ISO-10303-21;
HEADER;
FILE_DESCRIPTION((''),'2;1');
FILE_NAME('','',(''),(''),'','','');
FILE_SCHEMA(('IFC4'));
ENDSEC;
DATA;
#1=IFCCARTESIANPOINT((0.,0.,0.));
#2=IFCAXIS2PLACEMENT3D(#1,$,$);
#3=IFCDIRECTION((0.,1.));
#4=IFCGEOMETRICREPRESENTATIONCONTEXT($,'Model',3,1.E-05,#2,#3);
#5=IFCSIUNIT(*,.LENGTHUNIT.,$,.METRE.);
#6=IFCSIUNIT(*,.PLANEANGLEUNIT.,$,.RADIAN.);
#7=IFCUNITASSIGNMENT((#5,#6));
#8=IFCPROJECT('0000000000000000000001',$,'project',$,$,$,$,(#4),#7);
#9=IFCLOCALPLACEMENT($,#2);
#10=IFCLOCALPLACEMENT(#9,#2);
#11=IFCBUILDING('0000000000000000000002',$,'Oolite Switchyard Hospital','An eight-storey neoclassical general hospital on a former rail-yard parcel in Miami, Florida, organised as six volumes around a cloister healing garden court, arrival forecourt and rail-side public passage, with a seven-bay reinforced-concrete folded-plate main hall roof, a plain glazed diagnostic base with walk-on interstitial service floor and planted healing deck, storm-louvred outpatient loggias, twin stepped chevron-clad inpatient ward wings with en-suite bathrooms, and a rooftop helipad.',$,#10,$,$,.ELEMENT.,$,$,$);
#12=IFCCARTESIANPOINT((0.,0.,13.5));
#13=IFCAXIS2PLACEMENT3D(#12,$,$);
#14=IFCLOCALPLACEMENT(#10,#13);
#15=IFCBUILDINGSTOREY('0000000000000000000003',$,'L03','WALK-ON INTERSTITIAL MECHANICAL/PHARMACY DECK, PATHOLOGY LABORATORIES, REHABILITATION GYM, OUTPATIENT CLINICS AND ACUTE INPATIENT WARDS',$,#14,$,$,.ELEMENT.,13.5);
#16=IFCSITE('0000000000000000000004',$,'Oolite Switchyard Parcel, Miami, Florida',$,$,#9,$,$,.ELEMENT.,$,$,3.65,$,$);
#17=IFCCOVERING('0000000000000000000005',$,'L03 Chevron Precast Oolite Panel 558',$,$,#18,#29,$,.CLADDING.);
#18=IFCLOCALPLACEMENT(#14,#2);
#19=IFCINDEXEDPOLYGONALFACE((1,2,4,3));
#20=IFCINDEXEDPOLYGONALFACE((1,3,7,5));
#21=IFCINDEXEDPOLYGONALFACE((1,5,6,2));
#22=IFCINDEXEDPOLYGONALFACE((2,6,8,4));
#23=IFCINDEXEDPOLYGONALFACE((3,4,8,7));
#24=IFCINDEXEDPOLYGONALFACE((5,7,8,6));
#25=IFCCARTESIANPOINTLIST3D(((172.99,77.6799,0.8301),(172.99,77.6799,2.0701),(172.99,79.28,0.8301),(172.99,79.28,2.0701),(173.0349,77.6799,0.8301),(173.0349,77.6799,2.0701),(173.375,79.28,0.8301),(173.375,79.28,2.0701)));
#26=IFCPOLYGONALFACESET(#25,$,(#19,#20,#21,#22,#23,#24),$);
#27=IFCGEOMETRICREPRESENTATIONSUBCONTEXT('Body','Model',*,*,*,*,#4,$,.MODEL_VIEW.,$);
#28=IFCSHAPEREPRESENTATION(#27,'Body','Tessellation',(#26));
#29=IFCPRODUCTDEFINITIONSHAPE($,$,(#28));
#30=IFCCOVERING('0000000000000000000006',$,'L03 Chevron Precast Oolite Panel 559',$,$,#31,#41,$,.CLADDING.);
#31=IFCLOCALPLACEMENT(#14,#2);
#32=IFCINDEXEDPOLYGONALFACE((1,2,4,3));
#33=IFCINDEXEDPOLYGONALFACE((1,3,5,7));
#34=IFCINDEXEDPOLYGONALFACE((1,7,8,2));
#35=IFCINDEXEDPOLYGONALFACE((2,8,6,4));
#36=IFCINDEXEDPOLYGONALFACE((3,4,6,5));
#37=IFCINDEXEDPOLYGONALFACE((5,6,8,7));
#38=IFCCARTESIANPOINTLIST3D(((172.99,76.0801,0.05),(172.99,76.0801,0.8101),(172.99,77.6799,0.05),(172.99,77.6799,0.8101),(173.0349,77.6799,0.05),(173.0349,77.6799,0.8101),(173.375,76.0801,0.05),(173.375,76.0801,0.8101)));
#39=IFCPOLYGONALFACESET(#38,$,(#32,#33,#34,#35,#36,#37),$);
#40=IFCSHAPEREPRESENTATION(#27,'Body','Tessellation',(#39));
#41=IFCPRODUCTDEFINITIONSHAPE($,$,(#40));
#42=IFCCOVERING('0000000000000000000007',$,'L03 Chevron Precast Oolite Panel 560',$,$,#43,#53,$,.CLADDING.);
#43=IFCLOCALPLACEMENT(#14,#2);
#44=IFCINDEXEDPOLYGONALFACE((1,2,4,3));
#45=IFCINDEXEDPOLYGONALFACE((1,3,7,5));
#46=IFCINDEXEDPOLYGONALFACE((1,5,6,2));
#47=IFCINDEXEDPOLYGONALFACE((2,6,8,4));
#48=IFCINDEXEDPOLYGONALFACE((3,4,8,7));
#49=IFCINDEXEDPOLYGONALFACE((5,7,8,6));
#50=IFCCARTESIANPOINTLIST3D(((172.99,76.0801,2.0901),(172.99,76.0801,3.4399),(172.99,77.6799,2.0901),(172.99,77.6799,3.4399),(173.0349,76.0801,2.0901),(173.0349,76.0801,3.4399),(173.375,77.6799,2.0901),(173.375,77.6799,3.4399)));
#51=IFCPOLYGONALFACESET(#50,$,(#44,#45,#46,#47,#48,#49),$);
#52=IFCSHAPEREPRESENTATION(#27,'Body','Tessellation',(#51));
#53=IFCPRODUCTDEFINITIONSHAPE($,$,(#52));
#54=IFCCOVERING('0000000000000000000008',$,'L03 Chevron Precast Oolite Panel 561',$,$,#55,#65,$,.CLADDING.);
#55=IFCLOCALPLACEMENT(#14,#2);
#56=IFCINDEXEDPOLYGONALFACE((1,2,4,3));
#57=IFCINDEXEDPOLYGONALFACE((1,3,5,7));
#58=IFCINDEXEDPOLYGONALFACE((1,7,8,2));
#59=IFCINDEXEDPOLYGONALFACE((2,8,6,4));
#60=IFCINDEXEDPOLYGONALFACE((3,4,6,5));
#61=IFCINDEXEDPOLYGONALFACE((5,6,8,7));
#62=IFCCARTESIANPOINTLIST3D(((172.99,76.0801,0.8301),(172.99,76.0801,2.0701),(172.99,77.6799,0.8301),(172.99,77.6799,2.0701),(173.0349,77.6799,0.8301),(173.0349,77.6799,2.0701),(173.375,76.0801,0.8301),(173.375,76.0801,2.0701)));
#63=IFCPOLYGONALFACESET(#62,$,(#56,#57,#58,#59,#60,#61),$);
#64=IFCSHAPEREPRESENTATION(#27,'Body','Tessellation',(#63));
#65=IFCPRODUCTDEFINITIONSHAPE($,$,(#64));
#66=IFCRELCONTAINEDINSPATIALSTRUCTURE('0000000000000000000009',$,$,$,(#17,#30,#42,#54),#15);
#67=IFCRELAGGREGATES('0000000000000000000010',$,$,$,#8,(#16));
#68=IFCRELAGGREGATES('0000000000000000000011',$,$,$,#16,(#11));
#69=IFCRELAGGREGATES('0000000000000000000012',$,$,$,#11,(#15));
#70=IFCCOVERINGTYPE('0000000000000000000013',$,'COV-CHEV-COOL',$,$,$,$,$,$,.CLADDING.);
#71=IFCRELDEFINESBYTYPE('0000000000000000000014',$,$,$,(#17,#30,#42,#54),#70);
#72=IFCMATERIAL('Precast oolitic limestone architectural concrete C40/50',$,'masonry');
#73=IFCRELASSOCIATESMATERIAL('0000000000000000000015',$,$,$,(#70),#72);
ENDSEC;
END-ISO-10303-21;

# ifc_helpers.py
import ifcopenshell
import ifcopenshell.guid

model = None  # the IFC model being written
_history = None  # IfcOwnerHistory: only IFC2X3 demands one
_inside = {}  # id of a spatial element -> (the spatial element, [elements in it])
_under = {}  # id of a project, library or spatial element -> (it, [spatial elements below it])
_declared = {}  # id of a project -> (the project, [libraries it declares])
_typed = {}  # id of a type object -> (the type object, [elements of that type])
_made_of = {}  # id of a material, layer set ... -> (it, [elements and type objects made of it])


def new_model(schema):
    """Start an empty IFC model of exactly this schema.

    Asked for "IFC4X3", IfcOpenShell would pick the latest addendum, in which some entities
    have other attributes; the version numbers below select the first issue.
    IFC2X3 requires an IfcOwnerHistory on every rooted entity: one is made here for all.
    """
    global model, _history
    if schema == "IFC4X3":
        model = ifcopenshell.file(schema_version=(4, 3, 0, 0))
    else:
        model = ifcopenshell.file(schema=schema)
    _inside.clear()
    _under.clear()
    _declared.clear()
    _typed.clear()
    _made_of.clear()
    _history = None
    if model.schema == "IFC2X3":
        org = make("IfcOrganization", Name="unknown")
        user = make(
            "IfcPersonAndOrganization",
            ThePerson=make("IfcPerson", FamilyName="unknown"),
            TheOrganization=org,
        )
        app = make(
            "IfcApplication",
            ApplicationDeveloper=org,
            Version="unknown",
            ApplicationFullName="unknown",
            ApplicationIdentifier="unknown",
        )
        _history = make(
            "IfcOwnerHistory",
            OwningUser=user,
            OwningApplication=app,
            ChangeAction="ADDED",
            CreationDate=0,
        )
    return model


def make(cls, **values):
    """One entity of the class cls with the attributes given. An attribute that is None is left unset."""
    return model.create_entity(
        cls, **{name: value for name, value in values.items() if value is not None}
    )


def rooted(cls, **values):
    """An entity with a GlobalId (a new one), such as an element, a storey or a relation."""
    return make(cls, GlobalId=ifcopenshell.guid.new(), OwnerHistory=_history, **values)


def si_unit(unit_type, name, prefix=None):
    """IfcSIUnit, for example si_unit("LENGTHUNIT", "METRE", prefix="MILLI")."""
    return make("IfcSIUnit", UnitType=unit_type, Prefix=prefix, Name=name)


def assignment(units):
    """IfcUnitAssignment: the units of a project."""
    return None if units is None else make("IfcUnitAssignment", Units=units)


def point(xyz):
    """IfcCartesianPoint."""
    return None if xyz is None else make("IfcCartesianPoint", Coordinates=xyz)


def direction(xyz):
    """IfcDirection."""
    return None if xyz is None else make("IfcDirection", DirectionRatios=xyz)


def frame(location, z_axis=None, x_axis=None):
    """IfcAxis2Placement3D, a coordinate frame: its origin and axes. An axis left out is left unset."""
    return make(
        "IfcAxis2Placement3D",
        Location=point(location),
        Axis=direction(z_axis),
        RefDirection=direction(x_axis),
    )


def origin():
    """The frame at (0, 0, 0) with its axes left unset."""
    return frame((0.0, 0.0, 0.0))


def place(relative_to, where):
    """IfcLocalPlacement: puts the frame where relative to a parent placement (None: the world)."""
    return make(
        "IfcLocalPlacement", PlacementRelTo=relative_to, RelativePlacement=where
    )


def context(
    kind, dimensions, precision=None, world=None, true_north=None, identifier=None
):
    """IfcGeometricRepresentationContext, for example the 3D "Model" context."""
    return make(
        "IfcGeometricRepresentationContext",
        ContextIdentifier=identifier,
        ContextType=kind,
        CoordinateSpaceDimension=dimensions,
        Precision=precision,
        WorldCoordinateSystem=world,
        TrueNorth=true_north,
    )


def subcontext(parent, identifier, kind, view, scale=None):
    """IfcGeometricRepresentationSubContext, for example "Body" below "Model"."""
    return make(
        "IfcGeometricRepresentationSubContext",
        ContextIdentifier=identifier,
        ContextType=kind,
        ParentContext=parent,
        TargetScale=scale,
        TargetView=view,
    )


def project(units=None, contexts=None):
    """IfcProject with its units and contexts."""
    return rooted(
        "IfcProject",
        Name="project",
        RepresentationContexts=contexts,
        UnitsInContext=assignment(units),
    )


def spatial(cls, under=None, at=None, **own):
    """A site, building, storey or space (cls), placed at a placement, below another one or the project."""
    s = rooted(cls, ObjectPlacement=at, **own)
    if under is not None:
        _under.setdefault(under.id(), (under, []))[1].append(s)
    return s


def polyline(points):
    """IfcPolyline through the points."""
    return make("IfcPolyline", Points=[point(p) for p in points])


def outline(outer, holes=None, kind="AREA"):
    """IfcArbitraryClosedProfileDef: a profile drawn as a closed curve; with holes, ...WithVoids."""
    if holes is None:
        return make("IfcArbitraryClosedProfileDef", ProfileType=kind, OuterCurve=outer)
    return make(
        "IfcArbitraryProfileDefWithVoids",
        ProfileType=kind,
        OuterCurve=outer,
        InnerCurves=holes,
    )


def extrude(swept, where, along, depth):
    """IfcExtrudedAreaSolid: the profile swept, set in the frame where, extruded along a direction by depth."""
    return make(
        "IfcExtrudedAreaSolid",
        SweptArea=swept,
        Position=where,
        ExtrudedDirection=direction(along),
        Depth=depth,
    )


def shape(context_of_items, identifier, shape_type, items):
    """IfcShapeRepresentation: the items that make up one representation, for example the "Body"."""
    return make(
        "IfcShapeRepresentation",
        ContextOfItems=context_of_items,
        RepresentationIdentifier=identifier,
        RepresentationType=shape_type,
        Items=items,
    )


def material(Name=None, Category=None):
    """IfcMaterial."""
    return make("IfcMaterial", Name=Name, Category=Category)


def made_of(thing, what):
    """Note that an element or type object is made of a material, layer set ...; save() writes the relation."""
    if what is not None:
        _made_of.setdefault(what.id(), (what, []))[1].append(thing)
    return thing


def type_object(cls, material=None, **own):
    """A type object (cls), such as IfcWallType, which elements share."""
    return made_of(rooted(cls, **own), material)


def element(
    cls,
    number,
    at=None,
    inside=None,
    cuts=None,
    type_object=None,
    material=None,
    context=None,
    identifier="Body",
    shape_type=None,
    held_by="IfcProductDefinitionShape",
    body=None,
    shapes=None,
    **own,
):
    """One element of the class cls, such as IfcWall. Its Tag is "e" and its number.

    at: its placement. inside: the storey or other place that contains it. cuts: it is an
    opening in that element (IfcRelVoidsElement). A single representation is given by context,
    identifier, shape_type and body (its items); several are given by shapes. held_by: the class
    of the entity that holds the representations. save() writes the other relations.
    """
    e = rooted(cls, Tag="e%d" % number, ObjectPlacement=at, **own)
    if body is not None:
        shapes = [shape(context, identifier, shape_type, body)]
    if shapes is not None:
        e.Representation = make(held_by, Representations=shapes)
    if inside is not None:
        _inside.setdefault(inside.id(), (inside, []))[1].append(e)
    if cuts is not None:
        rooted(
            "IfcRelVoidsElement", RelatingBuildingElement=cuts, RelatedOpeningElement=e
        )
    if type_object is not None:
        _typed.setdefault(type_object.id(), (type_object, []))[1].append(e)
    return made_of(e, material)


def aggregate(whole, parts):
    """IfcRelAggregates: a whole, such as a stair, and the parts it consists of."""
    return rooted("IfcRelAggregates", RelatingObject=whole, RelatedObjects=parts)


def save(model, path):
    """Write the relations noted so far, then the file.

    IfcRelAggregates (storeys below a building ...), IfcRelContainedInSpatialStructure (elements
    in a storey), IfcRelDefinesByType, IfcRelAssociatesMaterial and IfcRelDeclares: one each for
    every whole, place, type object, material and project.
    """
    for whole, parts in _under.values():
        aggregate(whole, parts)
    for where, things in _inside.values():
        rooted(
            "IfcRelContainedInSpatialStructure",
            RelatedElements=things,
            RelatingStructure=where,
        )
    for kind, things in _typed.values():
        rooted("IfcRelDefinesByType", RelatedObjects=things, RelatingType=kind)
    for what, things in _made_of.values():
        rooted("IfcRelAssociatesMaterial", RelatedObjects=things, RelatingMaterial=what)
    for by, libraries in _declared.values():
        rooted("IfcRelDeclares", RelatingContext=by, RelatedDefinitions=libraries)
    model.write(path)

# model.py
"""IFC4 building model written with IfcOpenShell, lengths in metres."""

from ifc_helpers import new_model, si_unit, direction, frame, origin, place, context, subcontext, project, spatial, polyline, outline, extrude, material, type_object, element, save


model = new_model("IFC4")

# Units and contexts
model_context = context("Model", 3, precision=1e-05, world=origin(), true_north=direction((0.0, 1.0)))
body_context = subcontext(model_context, "Body", "Model", "MODEL_VIEW")
ifc_project = project(units=[si_unit("LENGTHUNIT", "METRE"), si_unit("PLANEANGLEUNIT", "RADIAN")], contexts=[model_context])

# Site, building, storey
site_placement = place(None, origin())
site = spatial("IfcSite", under=ifc_project, at=site_placement, Name="Oolite Switchyard Parcel, Miami, Florida", CompositionType="ELEMENT", RefElevation=3.65)
building_placement = place(site_placement, origin())
building = spatial("IfcBuilding", under=site, at=building_placement, Name="Oolite Switchyard Hospital", Description="An eight-storey neoclassical general hospital on a former rail-yard parcel in Miami, Florida, organised as six volumes around a cloister healing garden court, arrival forecourt and rail-side public passage, with a seven-bay reinforced-concrete folded-plate main hall roof, a plain glazed diagnostic base with walk-on interstitial service floor and planted healing deck, storm-louvred outpatient loggias, twin stepped chevron-clad inpatient ward wings with en-suite bathrooms, and a rooftop helipad.", CompositionType="ELEMENT")
storey_placement = place(building_placement, frame((0.0, 0.0, 13.5)))
storey = spatial("IfcBuildingStorey", under=building, at=storey_placement, Name="L03", Description="WALK-ON INTERSTITIAL MECHANICAL/PHARMACY DECK, PATHOLOGY LABORATORIES, REHABILITATION GYM, OUTPATIENT CLINICS AND ACUTE INPATIENT WARDS", CompositionType="ELEMENT", Elevation=13.5)

# Shared definitions
ifc_material_1 = material(Name="Precast oolitic limestone architectural concrete C40/50", Category="masonry")

# Coverings
covering_type = type_object("IfcCoveringType", Name="COV-CHEV-COOL", PredefinedType="CLADDING", material=ifc_material_1)
covering_1_placement = place(storey_placement, frame((172.99, 79.28, 0.8301), z_axis=(0.0, 0.0, 1.0), x_axis=(0.0, -1.0, 0.0)))
element("IfcCovering", 1, at=covering_1_placement, inside=storey, type_object=covering_type, Name="L03 Chevron Precast Oolite Panel 558", PredefinedType="CLADDING", context=body_context, shape_type="SweptSolid", body=[
    extrude(outline(polyline([(0.0, 0.0), (1.6001, 0.0), (1.6001, 0.0449), (0.0, 0.385), (0.0, 0.0)])), origin(), (0.0, 0.0, 1.0), 1.24),
])
covering_2_placement = place(storey_placement, frame((172.99, 77.6799, 0.05), z_axis=(0.0, 0.0, 1.0), x_axis=(0.0, -1.0, 0.0)))
element("IfcCovering", 2, at=covering_2_placement, inside=storey, type_object=covering_type, Name="L03 Chevron Precast Oolite Panel 559", PredefinedType="CLADDING", context=body_context, shape_type="SweptSolid", body=[
    extrude(outline(polyline([(0.0, 0.0), (1.5999, 0.0), (1.5999, 0.385), (0.0, 0.0449), (0.0, 0.0)])), origin(), (0.0, 0.0, 1.0), 0.76),
])
covering_3_placement = place(storey_placement, frame((172.99, 77.6799, 2.0901), z_axis=(0.0, 0.0, 1.0), x_axis=(0.0, -1.0, 0.0)))
element("IfcCovering", 3, at=covering_3_placement, inside=storey, type_object=covering_type, Name="L03 Chevron Precast Oolite Panel 560", PredefinedType="CLADDING", context=body_context, shape_type="SweptSolid", body=[
    extrude(outline(polyline([(0.0, 0.0), (1.5999, 0.0), (1.5999, 0.0449), (0.0, 0.385), (0.0, 0.0)])), origin(), (0.0, 0.0, 1.0), 1.3499),
])
covering_4_placement = place(storey_placement, frame((172.99, 77.6799, 0.8301), z_axis=(0.0, 0.0, 1.0), x_axis=(0.0, -1.0, 0.0)))
element("IfcCovering", 4, at=covering_4_placement, inside=storey, type_object=covering_type, Name="L03 Chevron Precast Oolite Panel 561", PredefinedType="CLADDING", context=body_context, shape_type="SweptSolid", body=[
    extrude(outline(polyline([(0.0, 0.0), (1.5999, 0.0), (1.5999, 0.385), (0.0, 0.0449), (0.0, 0.0)])), origin(), (0.0, 0.0, 1.0), 1.24),
])

save(model, "model.ifc")
